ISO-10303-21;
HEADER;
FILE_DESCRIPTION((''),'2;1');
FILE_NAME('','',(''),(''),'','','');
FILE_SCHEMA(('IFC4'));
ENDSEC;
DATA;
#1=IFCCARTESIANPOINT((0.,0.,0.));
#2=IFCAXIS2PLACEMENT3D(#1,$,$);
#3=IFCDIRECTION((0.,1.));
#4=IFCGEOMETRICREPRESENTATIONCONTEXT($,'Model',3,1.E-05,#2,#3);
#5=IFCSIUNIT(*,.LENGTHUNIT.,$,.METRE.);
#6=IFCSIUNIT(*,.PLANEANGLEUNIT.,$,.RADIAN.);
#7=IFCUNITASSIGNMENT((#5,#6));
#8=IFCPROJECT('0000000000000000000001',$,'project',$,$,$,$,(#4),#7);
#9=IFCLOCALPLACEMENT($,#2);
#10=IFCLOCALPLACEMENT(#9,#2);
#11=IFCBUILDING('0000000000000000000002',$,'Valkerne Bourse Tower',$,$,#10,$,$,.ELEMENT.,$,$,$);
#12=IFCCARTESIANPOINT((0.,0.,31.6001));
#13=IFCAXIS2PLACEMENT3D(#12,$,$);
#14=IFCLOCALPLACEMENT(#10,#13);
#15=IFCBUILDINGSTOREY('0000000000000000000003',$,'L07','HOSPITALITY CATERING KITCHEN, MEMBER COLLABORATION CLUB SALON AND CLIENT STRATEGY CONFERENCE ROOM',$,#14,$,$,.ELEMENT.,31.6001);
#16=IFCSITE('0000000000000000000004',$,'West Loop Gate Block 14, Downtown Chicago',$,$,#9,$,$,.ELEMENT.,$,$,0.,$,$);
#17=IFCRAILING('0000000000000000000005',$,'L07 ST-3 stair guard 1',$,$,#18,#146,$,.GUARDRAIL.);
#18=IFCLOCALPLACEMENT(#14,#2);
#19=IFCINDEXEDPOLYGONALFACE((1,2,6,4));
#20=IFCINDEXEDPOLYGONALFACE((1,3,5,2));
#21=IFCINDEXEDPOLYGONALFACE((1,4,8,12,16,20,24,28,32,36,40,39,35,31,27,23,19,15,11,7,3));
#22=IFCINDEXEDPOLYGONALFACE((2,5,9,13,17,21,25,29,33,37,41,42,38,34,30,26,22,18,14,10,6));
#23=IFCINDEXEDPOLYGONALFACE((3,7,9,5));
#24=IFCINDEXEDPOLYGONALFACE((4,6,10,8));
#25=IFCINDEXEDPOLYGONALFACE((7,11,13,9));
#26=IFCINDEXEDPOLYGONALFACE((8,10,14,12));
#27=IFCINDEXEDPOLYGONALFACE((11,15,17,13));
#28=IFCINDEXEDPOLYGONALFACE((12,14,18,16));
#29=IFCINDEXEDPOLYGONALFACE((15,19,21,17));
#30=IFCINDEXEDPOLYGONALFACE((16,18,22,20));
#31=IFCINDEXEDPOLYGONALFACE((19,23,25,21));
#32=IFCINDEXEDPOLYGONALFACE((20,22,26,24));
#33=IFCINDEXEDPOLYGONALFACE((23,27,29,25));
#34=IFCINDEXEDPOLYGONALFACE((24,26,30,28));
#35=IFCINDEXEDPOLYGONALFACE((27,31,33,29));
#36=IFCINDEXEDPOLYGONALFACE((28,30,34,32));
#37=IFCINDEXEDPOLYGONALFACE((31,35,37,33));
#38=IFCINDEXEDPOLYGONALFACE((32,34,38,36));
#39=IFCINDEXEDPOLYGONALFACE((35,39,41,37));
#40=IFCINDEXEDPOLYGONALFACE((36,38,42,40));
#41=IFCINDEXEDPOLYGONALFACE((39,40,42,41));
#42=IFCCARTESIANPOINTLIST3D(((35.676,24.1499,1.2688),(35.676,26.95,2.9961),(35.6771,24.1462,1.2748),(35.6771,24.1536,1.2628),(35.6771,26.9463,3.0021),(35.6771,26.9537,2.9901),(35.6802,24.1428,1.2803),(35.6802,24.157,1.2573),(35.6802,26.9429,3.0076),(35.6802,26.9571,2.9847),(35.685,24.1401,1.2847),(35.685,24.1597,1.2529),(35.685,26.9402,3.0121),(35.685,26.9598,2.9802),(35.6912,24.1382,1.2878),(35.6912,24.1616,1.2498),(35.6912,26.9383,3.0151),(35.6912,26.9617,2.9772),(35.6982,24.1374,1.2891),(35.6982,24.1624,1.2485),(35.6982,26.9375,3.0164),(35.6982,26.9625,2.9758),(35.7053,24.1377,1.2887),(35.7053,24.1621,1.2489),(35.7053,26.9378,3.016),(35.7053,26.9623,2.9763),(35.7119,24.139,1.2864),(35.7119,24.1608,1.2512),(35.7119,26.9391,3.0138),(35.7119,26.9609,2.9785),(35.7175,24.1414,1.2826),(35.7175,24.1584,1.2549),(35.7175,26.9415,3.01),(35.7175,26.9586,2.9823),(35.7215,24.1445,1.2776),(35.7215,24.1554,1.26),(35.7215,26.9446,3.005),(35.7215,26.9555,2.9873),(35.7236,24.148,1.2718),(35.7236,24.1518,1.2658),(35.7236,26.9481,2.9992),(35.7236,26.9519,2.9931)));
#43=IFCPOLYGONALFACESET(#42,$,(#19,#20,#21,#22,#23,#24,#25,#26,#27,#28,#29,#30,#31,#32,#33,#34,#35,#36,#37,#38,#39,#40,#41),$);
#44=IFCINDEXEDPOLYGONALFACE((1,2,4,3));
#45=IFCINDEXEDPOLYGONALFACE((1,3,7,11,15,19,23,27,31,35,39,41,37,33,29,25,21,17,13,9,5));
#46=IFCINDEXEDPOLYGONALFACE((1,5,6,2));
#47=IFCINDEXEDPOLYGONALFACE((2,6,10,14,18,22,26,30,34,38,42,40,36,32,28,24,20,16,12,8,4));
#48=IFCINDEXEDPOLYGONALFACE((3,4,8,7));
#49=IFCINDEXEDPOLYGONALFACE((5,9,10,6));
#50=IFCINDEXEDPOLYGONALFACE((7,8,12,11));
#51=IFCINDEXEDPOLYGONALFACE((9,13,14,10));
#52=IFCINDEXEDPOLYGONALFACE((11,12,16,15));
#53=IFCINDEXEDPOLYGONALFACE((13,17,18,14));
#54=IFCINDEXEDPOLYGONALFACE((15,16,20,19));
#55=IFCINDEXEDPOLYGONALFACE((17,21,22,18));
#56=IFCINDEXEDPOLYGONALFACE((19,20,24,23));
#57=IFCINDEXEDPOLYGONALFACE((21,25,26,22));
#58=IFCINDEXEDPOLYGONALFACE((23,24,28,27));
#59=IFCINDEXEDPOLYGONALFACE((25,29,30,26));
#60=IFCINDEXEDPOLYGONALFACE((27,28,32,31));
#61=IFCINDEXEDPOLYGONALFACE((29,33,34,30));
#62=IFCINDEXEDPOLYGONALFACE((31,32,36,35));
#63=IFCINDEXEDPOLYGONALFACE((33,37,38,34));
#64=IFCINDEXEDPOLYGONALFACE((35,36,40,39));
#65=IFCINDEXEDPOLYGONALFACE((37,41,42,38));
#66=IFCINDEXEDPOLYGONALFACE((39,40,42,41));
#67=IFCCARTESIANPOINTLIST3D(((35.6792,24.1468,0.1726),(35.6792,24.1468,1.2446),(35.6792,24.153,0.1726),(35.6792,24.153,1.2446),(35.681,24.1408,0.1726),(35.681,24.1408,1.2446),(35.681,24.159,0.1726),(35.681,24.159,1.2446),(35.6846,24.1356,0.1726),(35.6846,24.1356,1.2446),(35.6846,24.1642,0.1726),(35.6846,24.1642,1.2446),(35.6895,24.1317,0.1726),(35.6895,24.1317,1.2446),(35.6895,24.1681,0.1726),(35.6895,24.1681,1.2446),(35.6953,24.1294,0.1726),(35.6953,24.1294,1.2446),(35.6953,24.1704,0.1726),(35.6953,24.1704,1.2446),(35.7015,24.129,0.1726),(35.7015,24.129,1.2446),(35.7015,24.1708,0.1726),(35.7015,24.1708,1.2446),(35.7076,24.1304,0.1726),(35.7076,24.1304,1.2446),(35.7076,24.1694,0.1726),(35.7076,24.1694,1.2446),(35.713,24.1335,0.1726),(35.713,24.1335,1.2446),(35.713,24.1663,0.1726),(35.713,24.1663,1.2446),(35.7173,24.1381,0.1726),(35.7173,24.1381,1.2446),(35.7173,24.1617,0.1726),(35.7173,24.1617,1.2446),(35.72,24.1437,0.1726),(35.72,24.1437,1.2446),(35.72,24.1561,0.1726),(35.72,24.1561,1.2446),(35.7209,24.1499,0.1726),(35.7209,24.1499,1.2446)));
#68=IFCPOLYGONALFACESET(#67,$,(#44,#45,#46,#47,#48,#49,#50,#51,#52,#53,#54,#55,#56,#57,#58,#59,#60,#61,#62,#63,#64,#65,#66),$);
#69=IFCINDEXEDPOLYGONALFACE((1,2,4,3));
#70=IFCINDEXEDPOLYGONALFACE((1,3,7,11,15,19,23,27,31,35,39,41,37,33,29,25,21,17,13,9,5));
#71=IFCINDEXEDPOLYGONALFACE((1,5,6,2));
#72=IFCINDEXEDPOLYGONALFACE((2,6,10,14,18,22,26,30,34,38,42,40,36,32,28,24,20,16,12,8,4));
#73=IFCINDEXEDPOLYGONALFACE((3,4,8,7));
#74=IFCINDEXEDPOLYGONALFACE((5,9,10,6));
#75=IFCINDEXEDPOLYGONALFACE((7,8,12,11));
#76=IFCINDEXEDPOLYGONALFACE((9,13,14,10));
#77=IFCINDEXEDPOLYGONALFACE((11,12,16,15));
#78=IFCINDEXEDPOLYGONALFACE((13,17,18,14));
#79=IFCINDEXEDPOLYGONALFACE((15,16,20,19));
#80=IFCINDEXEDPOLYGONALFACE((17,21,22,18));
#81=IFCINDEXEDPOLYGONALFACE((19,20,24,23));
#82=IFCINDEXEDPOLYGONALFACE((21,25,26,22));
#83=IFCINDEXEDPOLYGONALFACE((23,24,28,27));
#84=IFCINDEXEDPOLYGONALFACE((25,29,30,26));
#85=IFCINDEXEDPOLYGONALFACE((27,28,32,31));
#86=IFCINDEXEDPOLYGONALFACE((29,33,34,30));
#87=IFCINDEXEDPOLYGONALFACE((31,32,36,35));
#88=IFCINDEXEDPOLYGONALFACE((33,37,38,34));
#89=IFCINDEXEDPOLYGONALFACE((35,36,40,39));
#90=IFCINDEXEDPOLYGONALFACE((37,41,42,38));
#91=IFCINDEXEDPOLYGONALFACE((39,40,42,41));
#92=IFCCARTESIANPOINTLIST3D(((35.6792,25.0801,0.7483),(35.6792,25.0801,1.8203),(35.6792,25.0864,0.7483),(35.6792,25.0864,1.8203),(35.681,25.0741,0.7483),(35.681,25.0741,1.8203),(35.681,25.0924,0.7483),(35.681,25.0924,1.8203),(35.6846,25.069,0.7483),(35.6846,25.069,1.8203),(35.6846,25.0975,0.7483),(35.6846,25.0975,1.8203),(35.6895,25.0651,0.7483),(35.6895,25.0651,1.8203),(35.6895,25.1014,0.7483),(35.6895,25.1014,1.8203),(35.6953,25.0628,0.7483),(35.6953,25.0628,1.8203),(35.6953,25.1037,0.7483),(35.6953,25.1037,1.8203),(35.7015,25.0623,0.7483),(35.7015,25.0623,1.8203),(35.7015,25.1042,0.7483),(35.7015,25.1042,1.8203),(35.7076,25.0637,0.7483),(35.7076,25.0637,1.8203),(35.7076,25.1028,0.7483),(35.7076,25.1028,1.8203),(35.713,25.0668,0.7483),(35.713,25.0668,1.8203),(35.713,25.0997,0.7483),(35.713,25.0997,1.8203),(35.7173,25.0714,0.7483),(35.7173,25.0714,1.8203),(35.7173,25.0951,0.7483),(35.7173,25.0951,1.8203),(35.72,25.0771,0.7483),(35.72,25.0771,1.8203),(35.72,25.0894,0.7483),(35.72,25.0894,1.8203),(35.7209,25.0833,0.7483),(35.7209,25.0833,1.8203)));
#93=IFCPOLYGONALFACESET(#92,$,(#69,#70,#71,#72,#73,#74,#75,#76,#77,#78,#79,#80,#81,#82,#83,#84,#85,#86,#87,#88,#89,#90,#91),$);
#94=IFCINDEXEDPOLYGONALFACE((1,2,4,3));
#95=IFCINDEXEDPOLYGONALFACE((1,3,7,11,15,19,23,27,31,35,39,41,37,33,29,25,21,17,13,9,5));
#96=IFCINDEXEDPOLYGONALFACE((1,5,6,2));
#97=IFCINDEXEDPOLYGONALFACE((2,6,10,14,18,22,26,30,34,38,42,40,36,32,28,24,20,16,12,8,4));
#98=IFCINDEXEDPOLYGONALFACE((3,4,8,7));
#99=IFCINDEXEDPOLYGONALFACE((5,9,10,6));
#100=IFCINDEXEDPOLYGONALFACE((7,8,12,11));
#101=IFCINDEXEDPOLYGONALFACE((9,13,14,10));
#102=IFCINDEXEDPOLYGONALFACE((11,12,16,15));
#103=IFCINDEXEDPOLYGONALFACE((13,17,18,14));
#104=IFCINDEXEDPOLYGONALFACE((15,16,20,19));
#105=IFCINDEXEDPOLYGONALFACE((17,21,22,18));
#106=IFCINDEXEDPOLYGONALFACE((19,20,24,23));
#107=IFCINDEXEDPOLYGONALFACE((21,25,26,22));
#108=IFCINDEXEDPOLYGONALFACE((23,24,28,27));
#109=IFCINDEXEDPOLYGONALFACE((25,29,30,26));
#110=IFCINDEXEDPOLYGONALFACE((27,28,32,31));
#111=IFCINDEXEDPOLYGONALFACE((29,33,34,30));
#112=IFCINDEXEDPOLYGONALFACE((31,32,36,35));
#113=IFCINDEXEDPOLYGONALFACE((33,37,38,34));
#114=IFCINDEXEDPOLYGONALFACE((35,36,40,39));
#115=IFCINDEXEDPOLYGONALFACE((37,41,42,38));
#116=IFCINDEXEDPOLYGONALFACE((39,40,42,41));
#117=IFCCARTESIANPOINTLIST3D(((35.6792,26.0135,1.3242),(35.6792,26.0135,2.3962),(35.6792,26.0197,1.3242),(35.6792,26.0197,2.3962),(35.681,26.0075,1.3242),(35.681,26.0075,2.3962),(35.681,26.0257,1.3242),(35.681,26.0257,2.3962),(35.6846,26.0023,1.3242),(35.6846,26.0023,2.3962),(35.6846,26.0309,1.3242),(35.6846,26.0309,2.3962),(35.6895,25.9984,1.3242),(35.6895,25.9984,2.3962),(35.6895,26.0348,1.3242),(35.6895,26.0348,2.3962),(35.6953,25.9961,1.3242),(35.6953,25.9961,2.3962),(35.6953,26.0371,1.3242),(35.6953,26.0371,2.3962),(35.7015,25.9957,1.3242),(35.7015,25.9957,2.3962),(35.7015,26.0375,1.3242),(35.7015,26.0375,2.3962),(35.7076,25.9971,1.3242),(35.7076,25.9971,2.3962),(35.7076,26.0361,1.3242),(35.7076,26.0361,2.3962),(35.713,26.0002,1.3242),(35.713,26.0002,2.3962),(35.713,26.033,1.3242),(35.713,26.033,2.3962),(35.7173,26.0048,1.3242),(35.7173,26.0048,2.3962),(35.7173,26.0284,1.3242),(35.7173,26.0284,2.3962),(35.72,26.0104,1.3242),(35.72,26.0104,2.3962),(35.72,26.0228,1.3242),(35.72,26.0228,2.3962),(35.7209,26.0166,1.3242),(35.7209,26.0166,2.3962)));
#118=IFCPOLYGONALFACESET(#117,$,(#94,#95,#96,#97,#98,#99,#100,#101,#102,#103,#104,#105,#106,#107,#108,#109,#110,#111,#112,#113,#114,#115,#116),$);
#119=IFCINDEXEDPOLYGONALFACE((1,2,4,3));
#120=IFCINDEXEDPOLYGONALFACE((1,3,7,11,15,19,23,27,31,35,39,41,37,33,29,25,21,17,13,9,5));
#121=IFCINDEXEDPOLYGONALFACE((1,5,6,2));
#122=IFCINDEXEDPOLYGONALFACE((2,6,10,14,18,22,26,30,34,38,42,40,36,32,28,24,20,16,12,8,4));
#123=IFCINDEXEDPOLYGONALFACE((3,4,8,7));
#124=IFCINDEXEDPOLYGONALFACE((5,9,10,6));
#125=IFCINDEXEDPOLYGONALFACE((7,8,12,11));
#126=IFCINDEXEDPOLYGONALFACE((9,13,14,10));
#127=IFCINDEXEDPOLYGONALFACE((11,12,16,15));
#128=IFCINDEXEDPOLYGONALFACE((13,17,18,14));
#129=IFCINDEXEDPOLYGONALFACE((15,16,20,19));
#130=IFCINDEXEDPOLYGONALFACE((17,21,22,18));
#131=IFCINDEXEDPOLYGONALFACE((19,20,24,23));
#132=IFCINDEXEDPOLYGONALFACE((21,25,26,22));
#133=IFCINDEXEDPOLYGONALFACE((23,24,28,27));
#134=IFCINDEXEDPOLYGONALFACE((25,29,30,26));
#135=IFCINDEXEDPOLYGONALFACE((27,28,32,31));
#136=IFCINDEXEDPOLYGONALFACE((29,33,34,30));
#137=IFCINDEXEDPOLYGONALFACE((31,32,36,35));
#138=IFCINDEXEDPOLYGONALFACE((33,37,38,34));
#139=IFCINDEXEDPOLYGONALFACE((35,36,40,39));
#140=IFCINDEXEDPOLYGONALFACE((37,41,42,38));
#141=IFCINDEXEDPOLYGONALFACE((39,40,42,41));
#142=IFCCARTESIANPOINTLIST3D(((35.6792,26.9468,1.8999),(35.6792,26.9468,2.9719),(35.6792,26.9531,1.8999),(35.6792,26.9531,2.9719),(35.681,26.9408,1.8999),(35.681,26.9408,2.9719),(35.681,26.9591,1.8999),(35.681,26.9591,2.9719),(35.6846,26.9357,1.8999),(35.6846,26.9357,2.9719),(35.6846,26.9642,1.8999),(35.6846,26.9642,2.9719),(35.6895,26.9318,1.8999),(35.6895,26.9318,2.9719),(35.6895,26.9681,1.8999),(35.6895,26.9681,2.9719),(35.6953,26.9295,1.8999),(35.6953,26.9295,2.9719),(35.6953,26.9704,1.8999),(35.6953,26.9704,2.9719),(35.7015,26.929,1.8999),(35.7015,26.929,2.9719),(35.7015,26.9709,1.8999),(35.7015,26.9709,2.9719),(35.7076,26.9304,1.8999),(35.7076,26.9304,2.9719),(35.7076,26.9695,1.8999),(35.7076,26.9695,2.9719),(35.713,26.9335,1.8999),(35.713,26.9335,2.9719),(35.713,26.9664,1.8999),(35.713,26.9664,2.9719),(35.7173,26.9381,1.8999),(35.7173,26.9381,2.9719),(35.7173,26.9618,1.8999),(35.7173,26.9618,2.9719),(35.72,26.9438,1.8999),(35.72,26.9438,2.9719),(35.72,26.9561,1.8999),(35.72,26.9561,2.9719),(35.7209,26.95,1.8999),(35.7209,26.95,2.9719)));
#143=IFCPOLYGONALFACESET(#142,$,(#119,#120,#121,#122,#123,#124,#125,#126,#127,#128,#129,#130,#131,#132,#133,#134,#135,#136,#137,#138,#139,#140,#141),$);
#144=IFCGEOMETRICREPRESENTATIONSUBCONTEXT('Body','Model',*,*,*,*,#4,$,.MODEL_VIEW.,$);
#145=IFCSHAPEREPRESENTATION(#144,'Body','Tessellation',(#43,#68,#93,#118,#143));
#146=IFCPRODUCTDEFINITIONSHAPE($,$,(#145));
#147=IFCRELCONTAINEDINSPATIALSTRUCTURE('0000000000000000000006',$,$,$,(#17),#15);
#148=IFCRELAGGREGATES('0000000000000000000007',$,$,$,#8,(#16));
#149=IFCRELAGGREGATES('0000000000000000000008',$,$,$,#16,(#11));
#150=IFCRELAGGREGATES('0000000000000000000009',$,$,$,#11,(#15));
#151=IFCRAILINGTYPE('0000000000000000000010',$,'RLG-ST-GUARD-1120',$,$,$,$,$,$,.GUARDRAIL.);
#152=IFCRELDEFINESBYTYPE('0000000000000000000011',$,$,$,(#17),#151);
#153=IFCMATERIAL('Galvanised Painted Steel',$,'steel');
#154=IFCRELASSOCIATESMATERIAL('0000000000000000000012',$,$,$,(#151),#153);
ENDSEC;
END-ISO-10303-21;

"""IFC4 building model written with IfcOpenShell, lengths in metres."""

from ifc_helpers import new_model, si_unit, direction, frame, origin, origin_2d, place, context, subcontext, project, spatial, circle, extrude, material, type_object, element, save


model = new_model("IFC4")

# Units and contexts
model_context = context("Model", 3, precision=1e-05, world=origin(), true_north=direction((0.0, 1.0)))
body_context = subcontext(model_context, "Body", "Model", "MODEL_VIEW")
ifc_project = project(units=[si_unit("LENGTHUNIT", "METRE"), si_unit("PLANEANGLEUNIT", "RADIAN")], contexts=[model_context])

# Site, building, storey
site_placement = place(None, origin())
site = spatial("IfcSite", under=ifc_project, at=site_placement, Name="West Loop Gate Block 14, Downtown Chicago", CompositionType="ELEMENT", RefElevation=0.0)
building_placement = place(site_placement, origin())
building = spatial("IfcBuilding", under=site, at=building_placement, Name="Valkerne Bourse Tower", CompositionType="ELEMENT")
storey_placement = place(building_placement, frame((0.0, 0.0, 31.6001)))
storey = spatial("IfcBuildingStorey", under=building, at=storey_placement, Name="L07", Description="HOSPITALITY CATERING KITCHEN, MEMBER COLLABORATION CLUB SALON AND CLIENT STRATEGY CONFERENCE ROOM", CompositionType="ELEMENT", Elevation=31.6001)

# Shared definitions
ifc_material_1 = material(Name="Galvanised Painted Steel", Category="steel")

# Railing
railing_type_1 = type_object("IfcRailingType", Name="RLG-ST-GUARD-1120", PredefinedType="GUARDRAIL", material=ifc_material_1)
railing_1_placement = place(storey_placement, frame((35.7, 24.1499, 0.1726)))
element("IfcRailing", 1, at=railing_1_placement, inside=storey, type_object=railing_type_1, Name="L07 ST-3 stair guard 1", PredefinedType="GUARDRAIL", context=body_context, shape_type="SweptSolid", body=[
    extrude(circle(Radius=0.0239, at=origin_2d()), frame((0.0, 0.0, 1.0962), z_axis=(0.0, 0.85109, 0.52502), x_axis=(-1.0, 0.0, 0.0)), (0.0, 0.0, 1.0), 3.29),
    extrude(circle(Radius=0.021, at=origin_2d()), origin(), (0.0, 0.0, 1.0), 1.072),
    extrude(circle(Radius=0.021, at=origin_2d()), frame((0.0, 0.9333, 0.5757)), (0.0, 0.0, 1.0), 1.072),
    extrude(circle(Radius=0.021, at=origin_2d()), frame((0.0, 1.8667, 1.1516)), (0.0, 0.0, 1.0), 1.072),
    extrude(circle(Radius=0.021, at=origin_2d()), frame((0.0, 2.8, 1.7273)), (0.0, 0.0, 1.0), 1.072),
])

save(model, "model.ifc")
